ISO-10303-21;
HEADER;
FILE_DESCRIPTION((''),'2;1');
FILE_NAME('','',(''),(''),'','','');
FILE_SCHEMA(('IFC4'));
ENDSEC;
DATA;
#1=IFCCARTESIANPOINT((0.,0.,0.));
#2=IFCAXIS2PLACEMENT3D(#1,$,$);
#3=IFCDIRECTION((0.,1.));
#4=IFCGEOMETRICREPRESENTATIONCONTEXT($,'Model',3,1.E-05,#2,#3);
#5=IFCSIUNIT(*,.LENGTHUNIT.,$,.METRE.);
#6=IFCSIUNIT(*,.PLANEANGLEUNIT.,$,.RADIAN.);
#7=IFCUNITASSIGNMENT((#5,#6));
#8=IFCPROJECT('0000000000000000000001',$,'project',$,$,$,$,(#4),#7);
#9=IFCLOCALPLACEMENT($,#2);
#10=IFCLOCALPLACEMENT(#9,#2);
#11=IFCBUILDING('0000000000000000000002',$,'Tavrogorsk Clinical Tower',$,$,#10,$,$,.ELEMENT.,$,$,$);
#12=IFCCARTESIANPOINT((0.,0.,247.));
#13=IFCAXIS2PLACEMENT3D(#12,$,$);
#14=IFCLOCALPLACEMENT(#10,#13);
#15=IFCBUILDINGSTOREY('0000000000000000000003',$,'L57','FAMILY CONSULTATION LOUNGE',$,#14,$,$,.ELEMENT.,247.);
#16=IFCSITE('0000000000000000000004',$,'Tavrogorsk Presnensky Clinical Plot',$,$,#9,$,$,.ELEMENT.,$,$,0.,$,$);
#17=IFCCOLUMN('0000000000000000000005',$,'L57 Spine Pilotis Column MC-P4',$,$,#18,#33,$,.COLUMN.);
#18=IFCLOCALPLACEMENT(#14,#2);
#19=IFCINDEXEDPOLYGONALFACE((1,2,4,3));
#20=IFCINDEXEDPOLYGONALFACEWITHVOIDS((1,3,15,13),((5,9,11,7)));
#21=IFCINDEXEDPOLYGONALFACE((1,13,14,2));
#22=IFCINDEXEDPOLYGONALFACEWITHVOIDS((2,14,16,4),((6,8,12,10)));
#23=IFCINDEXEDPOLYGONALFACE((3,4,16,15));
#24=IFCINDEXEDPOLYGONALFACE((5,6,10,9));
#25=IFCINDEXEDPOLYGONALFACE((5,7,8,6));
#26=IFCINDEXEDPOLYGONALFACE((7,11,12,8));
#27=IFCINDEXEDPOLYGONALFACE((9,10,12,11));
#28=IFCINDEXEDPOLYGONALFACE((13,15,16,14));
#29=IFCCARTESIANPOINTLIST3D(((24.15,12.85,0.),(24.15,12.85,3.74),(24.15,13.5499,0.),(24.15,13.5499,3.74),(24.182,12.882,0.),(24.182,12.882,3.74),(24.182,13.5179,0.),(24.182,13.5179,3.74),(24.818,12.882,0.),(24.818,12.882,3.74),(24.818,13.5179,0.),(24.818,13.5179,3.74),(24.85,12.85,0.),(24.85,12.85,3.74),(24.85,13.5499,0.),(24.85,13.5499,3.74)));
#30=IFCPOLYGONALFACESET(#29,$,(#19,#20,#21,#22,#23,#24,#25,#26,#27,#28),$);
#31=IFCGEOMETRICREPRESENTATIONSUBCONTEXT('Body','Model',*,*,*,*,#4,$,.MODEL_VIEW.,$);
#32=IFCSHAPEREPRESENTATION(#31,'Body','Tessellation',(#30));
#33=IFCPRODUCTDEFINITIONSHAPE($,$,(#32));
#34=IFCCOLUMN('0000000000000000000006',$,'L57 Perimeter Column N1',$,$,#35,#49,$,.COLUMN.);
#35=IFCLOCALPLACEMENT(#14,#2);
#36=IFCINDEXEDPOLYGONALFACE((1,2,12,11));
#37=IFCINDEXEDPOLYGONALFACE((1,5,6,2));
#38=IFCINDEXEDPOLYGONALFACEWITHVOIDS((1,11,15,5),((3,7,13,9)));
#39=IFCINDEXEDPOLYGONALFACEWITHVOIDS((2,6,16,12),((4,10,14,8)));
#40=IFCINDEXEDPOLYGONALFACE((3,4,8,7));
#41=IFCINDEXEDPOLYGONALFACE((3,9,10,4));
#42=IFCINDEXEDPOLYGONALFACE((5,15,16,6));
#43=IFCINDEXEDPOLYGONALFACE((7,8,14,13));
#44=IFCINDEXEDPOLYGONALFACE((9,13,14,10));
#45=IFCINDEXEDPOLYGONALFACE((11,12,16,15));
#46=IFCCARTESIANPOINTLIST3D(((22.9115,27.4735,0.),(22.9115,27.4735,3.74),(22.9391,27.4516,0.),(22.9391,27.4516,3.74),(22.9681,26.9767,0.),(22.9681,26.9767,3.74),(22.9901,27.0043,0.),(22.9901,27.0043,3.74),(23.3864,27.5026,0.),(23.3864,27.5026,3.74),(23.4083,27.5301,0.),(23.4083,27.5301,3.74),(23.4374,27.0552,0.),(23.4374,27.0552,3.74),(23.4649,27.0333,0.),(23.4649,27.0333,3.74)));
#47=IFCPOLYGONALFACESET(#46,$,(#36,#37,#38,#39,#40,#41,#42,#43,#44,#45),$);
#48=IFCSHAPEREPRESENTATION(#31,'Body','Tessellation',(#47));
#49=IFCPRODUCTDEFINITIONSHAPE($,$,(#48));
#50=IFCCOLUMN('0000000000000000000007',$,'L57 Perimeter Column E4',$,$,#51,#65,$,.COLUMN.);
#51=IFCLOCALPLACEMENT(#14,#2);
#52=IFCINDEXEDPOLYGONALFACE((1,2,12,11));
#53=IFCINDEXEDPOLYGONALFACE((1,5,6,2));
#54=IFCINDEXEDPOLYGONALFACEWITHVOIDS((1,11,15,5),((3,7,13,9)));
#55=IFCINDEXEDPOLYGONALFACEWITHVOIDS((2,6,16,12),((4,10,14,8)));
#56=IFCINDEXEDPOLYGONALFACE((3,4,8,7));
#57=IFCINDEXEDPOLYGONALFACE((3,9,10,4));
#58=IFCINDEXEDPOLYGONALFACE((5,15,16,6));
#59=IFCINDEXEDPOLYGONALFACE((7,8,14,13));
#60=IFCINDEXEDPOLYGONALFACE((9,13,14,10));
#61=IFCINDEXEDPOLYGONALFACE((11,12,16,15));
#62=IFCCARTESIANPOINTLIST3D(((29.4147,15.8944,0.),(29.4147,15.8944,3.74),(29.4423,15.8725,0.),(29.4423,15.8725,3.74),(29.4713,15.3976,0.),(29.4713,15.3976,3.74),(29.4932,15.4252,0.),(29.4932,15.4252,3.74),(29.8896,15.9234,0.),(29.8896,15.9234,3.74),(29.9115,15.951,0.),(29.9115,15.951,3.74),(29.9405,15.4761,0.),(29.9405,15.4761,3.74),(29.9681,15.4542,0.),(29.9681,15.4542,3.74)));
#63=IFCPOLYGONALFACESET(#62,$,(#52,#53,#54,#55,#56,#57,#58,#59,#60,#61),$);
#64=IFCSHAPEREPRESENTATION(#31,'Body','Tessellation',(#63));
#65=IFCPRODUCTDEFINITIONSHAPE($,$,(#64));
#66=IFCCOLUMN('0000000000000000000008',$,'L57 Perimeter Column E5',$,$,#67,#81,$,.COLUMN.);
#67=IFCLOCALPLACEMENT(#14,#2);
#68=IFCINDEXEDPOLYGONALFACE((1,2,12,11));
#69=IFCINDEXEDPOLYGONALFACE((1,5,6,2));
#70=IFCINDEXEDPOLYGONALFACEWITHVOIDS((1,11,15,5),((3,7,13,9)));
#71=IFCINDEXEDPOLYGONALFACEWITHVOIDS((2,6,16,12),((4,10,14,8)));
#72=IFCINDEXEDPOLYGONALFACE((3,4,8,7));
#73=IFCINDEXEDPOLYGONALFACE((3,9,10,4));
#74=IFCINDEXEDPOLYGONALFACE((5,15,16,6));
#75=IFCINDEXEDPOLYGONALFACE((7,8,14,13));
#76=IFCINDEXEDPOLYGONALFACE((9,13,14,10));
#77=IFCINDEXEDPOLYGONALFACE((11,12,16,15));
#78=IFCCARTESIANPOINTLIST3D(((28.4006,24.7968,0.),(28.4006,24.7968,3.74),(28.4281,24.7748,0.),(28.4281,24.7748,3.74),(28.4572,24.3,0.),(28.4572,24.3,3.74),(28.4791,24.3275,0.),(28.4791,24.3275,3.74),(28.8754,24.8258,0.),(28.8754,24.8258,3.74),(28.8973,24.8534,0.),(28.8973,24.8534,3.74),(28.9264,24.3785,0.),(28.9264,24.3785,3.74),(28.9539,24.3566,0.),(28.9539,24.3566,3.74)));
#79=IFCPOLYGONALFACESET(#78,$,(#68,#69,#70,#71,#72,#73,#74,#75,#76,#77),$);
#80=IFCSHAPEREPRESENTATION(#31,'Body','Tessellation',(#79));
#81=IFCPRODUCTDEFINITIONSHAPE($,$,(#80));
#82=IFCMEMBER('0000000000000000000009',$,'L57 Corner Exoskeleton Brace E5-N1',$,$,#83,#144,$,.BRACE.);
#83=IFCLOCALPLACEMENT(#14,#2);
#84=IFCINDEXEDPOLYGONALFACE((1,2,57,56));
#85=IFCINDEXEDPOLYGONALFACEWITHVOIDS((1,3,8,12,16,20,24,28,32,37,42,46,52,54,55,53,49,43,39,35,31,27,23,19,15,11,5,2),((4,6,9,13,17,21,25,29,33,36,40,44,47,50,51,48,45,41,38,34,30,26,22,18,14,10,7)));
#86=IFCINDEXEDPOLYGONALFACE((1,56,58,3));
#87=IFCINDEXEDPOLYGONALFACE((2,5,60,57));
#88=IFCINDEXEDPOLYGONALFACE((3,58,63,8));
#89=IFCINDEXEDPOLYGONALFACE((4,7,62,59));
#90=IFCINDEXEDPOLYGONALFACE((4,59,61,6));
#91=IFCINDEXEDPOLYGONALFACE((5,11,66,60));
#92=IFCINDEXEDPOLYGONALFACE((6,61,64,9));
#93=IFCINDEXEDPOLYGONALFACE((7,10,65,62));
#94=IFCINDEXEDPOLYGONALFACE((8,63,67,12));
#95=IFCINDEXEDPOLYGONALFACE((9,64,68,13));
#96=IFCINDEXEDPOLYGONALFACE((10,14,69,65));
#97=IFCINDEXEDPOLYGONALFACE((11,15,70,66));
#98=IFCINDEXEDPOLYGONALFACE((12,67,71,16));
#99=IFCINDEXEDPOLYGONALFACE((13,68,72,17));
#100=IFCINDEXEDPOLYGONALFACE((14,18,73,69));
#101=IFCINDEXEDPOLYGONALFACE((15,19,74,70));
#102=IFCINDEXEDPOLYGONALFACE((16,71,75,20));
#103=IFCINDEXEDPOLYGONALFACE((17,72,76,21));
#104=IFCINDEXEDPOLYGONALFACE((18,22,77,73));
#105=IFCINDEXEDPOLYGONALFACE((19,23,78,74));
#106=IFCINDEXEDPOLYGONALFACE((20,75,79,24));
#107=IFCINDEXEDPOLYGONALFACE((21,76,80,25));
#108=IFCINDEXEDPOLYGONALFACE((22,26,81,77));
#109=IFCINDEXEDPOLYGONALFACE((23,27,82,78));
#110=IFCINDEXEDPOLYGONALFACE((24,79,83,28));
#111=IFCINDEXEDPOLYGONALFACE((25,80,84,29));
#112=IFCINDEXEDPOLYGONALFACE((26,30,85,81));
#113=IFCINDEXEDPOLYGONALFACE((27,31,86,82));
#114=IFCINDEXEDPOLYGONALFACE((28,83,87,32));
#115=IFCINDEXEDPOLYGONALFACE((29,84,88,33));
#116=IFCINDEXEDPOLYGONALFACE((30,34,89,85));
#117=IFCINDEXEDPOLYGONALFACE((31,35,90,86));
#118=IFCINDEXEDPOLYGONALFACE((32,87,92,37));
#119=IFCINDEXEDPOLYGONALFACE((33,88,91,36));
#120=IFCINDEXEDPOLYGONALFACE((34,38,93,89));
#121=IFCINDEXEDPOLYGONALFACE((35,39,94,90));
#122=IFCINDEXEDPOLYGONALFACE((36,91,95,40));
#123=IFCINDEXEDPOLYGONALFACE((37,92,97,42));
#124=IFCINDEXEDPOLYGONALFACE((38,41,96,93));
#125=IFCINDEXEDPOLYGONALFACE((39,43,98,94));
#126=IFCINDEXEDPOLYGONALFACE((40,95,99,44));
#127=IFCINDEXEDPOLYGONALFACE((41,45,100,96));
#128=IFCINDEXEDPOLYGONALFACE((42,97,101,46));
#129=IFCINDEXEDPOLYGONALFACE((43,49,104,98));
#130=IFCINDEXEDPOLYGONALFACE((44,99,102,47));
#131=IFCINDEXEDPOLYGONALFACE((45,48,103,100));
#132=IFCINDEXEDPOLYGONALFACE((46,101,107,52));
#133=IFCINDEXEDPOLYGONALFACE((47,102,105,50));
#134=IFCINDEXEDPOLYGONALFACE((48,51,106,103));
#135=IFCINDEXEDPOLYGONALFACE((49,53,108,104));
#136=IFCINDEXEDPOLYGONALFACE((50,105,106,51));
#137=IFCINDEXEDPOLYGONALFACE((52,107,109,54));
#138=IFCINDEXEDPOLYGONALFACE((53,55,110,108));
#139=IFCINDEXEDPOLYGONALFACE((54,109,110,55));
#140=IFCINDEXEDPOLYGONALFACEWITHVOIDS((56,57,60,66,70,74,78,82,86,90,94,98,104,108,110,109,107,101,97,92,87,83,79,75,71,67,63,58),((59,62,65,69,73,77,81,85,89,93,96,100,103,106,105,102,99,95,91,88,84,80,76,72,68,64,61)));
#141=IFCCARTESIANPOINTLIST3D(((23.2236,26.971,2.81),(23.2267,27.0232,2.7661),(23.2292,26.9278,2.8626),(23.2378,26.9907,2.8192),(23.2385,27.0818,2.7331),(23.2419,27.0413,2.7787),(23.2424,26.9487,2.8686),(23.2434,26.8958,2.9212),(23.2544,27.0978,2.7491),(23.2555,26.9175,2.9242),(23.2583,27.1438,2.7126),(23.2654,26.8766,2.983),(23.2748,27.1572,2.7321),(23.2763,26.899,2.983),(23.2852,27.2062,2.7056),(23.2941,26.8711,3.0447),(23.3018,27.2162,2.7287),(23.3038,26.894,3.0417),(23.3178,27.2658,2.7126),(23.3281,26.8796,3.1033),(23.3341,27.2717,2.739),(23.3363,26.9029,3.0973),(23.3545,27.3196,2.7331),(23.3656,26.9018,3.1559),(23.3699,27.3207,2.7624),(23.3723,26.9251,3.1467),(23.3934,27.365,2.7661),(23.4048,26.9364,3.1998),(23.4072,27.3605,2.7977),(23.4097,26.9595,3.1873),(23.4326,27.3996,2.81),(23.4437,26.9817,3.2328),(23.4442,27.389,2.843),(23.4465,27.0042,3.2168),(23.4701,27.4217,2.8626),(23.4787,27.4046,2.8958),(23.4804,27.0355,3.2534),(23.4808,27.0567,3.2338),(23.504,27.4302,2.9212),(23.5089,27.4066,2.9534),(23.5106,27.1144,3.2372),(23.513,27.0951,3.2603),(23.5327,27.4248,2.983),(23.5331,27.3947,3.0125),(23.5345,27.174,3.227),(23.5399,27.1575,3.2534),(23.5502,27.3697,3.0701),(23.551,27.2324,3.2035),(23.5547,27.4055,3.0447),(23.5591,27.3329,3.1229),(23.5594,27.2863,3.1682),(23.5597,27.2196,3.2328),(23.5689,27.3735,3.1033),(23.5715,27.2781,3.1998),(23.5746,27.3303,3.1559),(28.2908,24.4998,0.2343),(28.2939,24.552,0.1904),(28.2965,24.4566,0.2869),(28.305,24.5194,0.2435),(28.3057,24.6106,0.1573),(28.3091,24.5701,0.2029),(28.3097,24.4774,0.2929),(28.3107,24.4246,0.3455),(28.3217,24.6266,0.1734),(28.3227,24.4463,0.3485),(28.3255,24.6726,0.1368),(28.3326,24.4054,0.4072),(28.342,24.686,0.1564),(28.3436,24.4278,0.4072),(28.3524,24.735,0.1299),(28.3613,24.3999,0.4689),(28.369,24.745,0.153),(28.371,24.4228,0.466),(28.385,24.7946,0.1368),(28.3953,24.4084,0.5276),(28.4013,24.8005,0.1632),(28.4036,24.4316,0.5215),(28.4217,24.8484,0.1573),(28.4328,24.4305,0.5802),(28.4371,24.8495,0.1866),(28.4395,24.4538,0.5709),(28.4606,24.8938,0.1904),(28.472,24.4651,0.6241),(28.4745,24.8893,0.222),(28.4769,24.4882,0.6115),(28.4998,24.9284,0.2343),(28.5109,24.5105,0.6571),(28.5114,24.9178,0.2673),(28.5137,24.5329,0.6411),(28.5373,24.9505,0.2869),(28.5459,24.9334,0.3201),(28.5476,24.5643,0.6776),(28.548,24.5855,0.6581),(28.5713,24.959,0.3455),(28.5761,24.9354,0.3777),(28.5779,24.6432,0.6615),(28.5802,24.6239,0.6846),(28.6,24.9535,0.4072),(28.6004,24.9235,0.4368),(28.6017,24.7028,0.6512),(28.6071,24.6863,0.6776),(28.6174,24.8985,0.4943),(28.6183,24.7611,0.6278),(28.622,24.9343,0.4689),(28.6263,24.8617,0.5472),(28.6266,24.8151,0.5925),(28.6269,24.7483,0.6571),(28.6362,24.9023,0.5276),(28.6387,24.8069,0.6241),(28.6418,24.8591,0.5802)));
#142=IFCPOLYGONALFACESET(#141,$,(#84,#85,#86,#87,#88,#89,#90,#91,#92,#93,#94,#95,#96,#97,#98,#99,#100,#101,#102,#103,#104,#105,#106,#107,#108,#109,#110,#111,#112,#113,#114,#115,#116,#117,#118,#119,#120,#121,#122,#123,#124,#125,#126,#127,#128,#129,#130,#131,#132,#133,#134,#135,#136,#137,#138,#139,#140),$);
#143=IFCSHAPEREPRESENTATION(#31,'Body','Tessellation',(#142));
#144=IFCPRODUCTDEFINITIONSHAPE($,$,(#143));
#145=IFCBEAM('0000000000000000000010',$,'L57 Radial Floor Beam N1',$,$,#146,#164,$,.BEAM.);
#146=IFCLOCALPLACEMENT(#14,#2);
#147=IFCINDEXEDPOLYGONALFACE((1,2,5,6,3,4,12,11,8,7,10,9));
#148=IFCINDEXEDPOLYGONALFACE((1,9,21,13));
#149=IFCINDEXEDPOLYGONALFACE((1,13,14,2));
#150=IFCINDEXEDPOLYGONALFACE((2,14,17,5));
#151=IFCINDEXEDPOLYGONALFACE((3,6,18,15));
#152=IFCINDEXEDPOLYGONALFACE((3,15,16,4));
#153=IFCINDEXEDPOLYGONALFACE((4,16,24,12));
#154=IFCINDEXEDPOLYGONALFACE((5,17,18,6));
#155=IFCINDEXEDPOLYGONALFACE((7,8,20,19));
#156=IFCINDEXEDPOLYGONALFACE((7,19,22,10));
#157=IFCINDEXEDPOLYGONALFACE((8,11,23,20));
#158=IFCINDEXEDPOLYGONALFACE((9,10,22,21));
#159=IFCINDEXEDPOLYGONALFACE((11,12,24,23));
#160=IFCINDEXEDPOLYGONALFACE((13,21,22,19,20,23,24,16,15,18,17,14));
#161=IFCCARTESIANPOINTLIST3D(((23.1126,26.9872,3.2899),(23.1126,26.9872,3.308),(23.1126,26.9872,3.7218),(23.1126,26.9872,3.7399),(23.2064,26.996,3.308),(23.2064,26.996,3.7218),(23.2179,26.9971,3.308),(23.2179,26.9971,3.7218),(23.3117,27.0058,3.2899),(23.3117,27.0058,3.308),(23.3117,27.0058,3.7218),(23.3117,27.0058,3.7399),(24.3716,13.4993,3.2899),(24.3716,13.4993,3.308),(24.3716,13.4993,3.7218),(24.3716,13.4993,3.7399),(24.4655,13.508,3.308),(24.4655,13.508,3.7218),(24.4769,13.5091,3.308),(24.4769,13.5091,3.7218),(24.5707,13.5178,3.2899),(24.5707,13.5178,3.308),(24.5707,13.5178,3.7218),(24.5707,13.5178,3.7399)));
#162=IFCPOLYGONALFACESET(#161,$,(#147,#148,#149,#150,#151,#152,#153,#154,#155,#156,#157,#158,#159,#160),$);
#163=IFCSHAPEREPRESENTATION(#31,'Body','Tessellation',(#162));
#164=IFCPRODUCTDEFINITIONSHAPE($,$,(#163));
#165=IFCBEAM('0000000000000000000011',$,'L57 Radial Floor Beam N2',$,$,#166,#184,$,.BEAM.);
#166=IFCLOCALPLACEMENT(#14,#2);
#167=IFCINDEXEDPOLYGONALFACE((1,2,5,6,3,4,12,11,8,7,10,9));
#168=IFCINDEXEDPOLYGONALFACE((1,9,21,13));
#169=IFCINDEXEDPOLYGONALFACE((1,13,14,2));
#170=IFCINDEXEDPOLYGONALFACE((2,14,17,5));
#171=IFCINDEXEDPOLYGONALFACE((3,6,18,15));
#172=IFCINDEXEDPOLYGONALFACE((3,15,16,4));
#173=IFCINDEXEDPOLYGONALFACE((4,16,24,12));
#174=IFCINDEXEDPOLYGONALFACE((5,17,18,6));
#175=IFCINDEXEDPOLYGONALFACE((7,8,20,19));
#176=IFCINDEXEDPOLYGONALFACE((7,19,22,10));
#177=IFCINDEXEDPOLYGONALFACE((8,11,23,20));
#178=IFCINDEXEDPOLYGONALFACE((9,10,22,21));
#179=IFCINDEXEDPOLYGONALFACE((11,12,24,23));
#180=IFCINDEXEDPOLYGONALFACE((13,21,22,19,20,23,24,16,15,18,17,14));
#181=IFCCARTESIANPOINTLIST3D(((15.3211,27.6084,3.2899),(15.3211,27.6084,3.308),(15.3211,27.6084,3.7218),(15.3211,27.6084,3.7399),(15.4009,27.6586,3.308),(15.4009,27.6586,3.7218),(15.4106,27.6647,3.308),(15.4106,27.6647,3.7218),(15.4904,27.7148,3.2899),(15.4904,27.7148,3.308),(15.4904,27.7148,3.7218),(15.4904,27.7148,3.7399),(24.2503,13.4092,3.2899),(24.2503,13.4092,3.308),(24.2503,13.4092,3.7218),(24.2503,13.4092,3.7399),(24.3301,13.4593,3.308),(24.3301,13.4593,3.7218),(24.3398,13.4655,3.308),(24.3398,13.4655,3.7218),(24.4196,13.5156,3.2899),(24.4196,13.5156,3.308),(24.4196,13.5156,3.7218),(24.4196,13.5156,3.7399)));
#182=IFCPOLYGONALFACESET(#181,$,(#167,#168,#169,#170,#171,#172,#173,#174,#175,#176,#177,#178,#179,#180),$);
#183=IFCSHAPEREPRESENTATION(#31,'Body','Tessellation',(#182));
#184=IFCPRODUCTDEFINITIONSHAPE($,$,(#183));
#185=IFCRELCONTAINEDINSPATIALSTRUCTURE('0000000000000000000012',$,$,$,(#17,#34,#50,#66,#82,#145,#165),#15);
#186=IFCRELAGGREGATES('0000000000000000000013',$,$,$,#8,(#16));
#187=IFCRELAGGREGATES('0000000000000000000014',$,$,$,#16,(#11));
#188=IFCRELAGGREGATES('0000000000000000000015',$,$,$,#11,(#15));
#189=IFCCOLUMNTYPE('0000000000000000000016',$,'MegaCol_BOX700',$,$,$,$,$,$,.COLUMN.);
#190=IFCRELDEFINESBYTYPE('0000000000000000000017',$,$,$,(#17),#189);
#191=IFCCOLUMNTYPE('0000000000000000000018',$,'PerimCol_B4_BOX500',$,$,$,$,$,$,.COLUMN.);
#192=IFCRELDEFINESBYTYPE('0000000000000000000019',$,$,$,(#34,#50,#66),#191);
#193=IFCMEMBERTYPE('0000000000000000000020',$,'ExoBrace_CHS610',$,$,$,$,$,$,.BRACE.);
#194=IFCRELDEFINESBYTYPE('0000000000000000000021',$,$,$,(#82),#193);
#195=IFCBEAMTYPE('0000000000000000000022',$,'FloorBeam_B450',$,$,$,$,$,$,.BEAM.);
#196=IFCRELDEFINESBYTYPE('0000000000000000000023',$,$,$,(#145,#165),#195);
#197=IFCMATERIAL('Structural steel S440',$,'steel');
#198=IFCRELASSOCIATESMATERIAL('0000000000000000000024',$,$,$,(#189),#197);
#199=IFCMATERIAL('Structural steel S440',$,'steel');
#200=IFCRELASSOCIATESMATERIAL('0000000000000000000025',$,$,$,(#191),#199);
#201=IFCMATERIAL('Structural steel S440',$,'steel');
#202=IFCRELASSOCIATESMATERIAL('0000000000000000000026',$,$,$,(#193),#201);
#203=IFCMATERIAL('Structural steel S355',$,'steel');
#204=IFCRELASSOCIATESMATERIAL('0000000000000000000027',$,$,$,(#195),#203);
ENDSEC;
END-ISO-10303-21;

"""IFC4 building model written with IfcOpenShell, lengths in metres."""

from ifc_helpers import new_model, si_unit, direction, frame, origin, origin_2d, place, context, subcontext, project, spatial, hollow_rectangle, hollow_circle, i_section, extrude, material, material_profile, profile_set, type_object, element, save


model = new_model("IFC4")

# Units and contexts
model_context = context("Model", 3, precision=1e-05, world=origin(), true_north=direction((0.0, 1.0)))
body_context = subcontext(model_context, "Body", "Model", "MODEL_VIEW")
ifc_project = project(units=[si_unit("LENGTHUNIT", "METRE"), si_unit("PLANEANGLEUNIT", "RADIAN")], contexts=[model_context])

# Site, building, storey
site_placement = place(None, origin())
site = spatial("IfcSite", under=ifc_project, at=site_placement, Name="Tavrogorsk Presnensky Clinical Plot", CompositionType="ELEMENT", RefElevation=0.0)
building_placement = place(site_placement, origin())
building = spatial("IfcBuilding", under=site, at=building_placement, Name="Tavrogorsk Clinical Tower", CompositionType="ELEMENT")
storey_placement = place(building_placement, frame((0.0, 0.0, 247.0)))
storey = spatial("IfcBuildingStorey", under=building, at=storey_placement, Name="L57", Description="FAMILY CONSULTATION LOUNGE", CompositionType="ELEMENT", Elevation=247.0)

# Columns
ifc_material_1 = material(Name="Structural steel S440", Category="steel")
ifc_material_profile_1 = material_profile(ifc_material_1, hollow_rectangle(XDim=0.7, YDim=0.7, WallThickness=0.032, at=origin_2d()), Name="BOX-700x700x32")
ifc_profile_set_1 = profile_set([ifc_material_profile_1], Name="Structural steel S440")
column_type_1 = type_object("IfcColumnType", Name="MegaCol_BOX700", PredefinedType="COLUMN", material=ifc_profile_set_1)
column_placement = place(storey_placement, frame((24.5, 13.2, 0.0), z_axis=(0.0, 0.0, 1.0), x_axis=(1.0, 0.0, 0.0)))
element("IfcColumn", 1, at=column_placement, inside=storey, type_object=column_type_1, Name="L57 Spine Pilotis Column MC-P4", PredefinedType="COLUMN", context=body_context, shape_type="SweptSolid", body=[
    extrude(hollow_rectangle(XDim=0.7, YDim=0.7, WallThickness=0.032, at=origin_2d()), origin(), (0.0, 0.0, 1.0), 3.74),
])
ifc_material_2 = material(Name="Structural steel S440", Category="steel")
ifc_material_profile_2 = material_profile(ifc_material_2, hollow_rectangle(XDim=0.5, YDim=0.5, WallThickness=0.0249, at=origin_2d()), Name="BOX-500x500x25")
ifc_profile_set_2 = profile_set([ifc_material_profile_2], Name="Structural steel S440")
column_type_2 = type_object("IfcColumnType", Name="PerimCol_B4_BOX500", PredefinedType="COLUMN", material=ifc_profile_set_2)
for number, where, z_axis, x_axis, name in (
    (2, (23.1882, 27.2534, 0.0), (0.0, 0.0, 1.0), (0.993572, 0.113203, 0.0), "L57 Perimeter Column N1"),
    (3, (29.6914, 15.6743, 0.0), (0.0, 0.0, 1.0), (0.993572, 0.113203, 0.0), "L57 Perimeter Column E4"),
    (4, (28.6772, 24.5767, 0.0), (0.0, 0.0, 1.0), (0.993572, 0.113203, 0.0), "L57 Perimeter Column E5"),
):
    element("IfcColumn", number, at=place(storey_placement, frame(where, z_axis=z_axis, x_axis=x_axis)), inside=storey, type_object=column_type_2, Name=name, PredefinedType="COLUMN", context=body_context, shape_type="SweptSolid", body=[
        extrude(hollow_rectangle(XDim=0.5, YDim=0.5, WallThickness=0.0249, at=origin_2d()), origin(), (0.0, 0.0, 1.0), 3.74),
    ])

# Member
ifc_material_3 = material(Name="Structural steel S440", Category="steel")
ifc_material_profile_3 = material_profile(ifc_material_3, hollow_circle(Radius=0.3049, WallThickness=0.0249, at=origin_2d()), Name="CHS-610x25")
ifc_profile_set_3 = profile_set([ifc_material_profile_3], Name="Structural steel S440")
member_type_1 = type_object("IfcMemberType", Name="ExoBrace_CHS610", PredefinedType="BRACE", material=ifc_profile_set_3)
member_placement = place(storey_placement, frame((28.4663, 24.6794, 0.4072), z_axis=(-0.817527, 0.398699, 0.415558), x_axis=(-0.43834, -0.898809, 0.0)))
element("IfcMember", 5, at=member_placement, inside=storey, type_object=member_type_1, Name="L57 Corner Exoskeleton Brace E5-N1", PredefinedType="BRACE", context=body_context, shape_type="SweptSolid", body=[
    extrude(hollow_circle(Radius=0.3049, WallThickness=0.0249, at=origin_2d()), origin(), (0.0, 0.0, 1.0), 6.1982),
])

# Beams
ifc_material_4 = material(Name="Structural steel S355", Category="steel")
ifc_material_profile_4 = material_profile(ifc_material_4, i_section(OverallWidth=0.2, OverallDepth=0.45, WebThickness=0.0115, FlangeThickness=0.0181, at=origin_2d()), Name="B-450x200x11.5x18")
ifc_profile_set_4 = profile_set([ifc_material_profile_4], Name="Structural steel S355")
beam_type_1 = type_object("IfcBeamType", Name="FloorBeam_B450", PredefinedType="BEAM", material=ifc_profile_set_4)
beam_1_placement = place(storey_placement, frame((24.4712, 13.5085, 3.5149), z_axis=(-0.09294, 0.995672, 0.0), x_axis=(-0.995672, -0.09294, 0.0)))
element("IfcBeam", 6, at=beam_1_placement, inside=storey, type_object=beam_type_1, Name="L57 Radial Floor Beam N1", PredefinedType="BEAM", context=body_context, shape_type="SweptSolid", body=[
    extrude(i_section(OverallWidth=0.2, OverallDepth=0.45, WebThickness=0.0115, FlangeThickness=0.0181, at=origin_2d()), origin(), (0.0, 0.0, 1.0), 13.5466),
])
beam_2_placement = place(storey_placement, frame((24.335, 13.4624, 3.5149), z_axis=(-0.532341, 0.84653, 0.0), x_axis=(-0.84653, -0.532341, 0.0)))
element("IfcBeam", 7, at=beam_2_placement, inside=storey, type_object=beam_type_1, Name="L57 Radial Floor Beam N2", PredefinedType="BEAM", context=body_context, shape_type="SweptSolid", body=[
    extrude(i_section(OverallWidth=0.2, OverallDepth=0.45, WebThickness=0.0115, FlangeThickness=0.0181, at=origin_2d()), origin(), (0.0, 0.0, 1.0), 16.7734),
])

save(model, "model.ifc")
